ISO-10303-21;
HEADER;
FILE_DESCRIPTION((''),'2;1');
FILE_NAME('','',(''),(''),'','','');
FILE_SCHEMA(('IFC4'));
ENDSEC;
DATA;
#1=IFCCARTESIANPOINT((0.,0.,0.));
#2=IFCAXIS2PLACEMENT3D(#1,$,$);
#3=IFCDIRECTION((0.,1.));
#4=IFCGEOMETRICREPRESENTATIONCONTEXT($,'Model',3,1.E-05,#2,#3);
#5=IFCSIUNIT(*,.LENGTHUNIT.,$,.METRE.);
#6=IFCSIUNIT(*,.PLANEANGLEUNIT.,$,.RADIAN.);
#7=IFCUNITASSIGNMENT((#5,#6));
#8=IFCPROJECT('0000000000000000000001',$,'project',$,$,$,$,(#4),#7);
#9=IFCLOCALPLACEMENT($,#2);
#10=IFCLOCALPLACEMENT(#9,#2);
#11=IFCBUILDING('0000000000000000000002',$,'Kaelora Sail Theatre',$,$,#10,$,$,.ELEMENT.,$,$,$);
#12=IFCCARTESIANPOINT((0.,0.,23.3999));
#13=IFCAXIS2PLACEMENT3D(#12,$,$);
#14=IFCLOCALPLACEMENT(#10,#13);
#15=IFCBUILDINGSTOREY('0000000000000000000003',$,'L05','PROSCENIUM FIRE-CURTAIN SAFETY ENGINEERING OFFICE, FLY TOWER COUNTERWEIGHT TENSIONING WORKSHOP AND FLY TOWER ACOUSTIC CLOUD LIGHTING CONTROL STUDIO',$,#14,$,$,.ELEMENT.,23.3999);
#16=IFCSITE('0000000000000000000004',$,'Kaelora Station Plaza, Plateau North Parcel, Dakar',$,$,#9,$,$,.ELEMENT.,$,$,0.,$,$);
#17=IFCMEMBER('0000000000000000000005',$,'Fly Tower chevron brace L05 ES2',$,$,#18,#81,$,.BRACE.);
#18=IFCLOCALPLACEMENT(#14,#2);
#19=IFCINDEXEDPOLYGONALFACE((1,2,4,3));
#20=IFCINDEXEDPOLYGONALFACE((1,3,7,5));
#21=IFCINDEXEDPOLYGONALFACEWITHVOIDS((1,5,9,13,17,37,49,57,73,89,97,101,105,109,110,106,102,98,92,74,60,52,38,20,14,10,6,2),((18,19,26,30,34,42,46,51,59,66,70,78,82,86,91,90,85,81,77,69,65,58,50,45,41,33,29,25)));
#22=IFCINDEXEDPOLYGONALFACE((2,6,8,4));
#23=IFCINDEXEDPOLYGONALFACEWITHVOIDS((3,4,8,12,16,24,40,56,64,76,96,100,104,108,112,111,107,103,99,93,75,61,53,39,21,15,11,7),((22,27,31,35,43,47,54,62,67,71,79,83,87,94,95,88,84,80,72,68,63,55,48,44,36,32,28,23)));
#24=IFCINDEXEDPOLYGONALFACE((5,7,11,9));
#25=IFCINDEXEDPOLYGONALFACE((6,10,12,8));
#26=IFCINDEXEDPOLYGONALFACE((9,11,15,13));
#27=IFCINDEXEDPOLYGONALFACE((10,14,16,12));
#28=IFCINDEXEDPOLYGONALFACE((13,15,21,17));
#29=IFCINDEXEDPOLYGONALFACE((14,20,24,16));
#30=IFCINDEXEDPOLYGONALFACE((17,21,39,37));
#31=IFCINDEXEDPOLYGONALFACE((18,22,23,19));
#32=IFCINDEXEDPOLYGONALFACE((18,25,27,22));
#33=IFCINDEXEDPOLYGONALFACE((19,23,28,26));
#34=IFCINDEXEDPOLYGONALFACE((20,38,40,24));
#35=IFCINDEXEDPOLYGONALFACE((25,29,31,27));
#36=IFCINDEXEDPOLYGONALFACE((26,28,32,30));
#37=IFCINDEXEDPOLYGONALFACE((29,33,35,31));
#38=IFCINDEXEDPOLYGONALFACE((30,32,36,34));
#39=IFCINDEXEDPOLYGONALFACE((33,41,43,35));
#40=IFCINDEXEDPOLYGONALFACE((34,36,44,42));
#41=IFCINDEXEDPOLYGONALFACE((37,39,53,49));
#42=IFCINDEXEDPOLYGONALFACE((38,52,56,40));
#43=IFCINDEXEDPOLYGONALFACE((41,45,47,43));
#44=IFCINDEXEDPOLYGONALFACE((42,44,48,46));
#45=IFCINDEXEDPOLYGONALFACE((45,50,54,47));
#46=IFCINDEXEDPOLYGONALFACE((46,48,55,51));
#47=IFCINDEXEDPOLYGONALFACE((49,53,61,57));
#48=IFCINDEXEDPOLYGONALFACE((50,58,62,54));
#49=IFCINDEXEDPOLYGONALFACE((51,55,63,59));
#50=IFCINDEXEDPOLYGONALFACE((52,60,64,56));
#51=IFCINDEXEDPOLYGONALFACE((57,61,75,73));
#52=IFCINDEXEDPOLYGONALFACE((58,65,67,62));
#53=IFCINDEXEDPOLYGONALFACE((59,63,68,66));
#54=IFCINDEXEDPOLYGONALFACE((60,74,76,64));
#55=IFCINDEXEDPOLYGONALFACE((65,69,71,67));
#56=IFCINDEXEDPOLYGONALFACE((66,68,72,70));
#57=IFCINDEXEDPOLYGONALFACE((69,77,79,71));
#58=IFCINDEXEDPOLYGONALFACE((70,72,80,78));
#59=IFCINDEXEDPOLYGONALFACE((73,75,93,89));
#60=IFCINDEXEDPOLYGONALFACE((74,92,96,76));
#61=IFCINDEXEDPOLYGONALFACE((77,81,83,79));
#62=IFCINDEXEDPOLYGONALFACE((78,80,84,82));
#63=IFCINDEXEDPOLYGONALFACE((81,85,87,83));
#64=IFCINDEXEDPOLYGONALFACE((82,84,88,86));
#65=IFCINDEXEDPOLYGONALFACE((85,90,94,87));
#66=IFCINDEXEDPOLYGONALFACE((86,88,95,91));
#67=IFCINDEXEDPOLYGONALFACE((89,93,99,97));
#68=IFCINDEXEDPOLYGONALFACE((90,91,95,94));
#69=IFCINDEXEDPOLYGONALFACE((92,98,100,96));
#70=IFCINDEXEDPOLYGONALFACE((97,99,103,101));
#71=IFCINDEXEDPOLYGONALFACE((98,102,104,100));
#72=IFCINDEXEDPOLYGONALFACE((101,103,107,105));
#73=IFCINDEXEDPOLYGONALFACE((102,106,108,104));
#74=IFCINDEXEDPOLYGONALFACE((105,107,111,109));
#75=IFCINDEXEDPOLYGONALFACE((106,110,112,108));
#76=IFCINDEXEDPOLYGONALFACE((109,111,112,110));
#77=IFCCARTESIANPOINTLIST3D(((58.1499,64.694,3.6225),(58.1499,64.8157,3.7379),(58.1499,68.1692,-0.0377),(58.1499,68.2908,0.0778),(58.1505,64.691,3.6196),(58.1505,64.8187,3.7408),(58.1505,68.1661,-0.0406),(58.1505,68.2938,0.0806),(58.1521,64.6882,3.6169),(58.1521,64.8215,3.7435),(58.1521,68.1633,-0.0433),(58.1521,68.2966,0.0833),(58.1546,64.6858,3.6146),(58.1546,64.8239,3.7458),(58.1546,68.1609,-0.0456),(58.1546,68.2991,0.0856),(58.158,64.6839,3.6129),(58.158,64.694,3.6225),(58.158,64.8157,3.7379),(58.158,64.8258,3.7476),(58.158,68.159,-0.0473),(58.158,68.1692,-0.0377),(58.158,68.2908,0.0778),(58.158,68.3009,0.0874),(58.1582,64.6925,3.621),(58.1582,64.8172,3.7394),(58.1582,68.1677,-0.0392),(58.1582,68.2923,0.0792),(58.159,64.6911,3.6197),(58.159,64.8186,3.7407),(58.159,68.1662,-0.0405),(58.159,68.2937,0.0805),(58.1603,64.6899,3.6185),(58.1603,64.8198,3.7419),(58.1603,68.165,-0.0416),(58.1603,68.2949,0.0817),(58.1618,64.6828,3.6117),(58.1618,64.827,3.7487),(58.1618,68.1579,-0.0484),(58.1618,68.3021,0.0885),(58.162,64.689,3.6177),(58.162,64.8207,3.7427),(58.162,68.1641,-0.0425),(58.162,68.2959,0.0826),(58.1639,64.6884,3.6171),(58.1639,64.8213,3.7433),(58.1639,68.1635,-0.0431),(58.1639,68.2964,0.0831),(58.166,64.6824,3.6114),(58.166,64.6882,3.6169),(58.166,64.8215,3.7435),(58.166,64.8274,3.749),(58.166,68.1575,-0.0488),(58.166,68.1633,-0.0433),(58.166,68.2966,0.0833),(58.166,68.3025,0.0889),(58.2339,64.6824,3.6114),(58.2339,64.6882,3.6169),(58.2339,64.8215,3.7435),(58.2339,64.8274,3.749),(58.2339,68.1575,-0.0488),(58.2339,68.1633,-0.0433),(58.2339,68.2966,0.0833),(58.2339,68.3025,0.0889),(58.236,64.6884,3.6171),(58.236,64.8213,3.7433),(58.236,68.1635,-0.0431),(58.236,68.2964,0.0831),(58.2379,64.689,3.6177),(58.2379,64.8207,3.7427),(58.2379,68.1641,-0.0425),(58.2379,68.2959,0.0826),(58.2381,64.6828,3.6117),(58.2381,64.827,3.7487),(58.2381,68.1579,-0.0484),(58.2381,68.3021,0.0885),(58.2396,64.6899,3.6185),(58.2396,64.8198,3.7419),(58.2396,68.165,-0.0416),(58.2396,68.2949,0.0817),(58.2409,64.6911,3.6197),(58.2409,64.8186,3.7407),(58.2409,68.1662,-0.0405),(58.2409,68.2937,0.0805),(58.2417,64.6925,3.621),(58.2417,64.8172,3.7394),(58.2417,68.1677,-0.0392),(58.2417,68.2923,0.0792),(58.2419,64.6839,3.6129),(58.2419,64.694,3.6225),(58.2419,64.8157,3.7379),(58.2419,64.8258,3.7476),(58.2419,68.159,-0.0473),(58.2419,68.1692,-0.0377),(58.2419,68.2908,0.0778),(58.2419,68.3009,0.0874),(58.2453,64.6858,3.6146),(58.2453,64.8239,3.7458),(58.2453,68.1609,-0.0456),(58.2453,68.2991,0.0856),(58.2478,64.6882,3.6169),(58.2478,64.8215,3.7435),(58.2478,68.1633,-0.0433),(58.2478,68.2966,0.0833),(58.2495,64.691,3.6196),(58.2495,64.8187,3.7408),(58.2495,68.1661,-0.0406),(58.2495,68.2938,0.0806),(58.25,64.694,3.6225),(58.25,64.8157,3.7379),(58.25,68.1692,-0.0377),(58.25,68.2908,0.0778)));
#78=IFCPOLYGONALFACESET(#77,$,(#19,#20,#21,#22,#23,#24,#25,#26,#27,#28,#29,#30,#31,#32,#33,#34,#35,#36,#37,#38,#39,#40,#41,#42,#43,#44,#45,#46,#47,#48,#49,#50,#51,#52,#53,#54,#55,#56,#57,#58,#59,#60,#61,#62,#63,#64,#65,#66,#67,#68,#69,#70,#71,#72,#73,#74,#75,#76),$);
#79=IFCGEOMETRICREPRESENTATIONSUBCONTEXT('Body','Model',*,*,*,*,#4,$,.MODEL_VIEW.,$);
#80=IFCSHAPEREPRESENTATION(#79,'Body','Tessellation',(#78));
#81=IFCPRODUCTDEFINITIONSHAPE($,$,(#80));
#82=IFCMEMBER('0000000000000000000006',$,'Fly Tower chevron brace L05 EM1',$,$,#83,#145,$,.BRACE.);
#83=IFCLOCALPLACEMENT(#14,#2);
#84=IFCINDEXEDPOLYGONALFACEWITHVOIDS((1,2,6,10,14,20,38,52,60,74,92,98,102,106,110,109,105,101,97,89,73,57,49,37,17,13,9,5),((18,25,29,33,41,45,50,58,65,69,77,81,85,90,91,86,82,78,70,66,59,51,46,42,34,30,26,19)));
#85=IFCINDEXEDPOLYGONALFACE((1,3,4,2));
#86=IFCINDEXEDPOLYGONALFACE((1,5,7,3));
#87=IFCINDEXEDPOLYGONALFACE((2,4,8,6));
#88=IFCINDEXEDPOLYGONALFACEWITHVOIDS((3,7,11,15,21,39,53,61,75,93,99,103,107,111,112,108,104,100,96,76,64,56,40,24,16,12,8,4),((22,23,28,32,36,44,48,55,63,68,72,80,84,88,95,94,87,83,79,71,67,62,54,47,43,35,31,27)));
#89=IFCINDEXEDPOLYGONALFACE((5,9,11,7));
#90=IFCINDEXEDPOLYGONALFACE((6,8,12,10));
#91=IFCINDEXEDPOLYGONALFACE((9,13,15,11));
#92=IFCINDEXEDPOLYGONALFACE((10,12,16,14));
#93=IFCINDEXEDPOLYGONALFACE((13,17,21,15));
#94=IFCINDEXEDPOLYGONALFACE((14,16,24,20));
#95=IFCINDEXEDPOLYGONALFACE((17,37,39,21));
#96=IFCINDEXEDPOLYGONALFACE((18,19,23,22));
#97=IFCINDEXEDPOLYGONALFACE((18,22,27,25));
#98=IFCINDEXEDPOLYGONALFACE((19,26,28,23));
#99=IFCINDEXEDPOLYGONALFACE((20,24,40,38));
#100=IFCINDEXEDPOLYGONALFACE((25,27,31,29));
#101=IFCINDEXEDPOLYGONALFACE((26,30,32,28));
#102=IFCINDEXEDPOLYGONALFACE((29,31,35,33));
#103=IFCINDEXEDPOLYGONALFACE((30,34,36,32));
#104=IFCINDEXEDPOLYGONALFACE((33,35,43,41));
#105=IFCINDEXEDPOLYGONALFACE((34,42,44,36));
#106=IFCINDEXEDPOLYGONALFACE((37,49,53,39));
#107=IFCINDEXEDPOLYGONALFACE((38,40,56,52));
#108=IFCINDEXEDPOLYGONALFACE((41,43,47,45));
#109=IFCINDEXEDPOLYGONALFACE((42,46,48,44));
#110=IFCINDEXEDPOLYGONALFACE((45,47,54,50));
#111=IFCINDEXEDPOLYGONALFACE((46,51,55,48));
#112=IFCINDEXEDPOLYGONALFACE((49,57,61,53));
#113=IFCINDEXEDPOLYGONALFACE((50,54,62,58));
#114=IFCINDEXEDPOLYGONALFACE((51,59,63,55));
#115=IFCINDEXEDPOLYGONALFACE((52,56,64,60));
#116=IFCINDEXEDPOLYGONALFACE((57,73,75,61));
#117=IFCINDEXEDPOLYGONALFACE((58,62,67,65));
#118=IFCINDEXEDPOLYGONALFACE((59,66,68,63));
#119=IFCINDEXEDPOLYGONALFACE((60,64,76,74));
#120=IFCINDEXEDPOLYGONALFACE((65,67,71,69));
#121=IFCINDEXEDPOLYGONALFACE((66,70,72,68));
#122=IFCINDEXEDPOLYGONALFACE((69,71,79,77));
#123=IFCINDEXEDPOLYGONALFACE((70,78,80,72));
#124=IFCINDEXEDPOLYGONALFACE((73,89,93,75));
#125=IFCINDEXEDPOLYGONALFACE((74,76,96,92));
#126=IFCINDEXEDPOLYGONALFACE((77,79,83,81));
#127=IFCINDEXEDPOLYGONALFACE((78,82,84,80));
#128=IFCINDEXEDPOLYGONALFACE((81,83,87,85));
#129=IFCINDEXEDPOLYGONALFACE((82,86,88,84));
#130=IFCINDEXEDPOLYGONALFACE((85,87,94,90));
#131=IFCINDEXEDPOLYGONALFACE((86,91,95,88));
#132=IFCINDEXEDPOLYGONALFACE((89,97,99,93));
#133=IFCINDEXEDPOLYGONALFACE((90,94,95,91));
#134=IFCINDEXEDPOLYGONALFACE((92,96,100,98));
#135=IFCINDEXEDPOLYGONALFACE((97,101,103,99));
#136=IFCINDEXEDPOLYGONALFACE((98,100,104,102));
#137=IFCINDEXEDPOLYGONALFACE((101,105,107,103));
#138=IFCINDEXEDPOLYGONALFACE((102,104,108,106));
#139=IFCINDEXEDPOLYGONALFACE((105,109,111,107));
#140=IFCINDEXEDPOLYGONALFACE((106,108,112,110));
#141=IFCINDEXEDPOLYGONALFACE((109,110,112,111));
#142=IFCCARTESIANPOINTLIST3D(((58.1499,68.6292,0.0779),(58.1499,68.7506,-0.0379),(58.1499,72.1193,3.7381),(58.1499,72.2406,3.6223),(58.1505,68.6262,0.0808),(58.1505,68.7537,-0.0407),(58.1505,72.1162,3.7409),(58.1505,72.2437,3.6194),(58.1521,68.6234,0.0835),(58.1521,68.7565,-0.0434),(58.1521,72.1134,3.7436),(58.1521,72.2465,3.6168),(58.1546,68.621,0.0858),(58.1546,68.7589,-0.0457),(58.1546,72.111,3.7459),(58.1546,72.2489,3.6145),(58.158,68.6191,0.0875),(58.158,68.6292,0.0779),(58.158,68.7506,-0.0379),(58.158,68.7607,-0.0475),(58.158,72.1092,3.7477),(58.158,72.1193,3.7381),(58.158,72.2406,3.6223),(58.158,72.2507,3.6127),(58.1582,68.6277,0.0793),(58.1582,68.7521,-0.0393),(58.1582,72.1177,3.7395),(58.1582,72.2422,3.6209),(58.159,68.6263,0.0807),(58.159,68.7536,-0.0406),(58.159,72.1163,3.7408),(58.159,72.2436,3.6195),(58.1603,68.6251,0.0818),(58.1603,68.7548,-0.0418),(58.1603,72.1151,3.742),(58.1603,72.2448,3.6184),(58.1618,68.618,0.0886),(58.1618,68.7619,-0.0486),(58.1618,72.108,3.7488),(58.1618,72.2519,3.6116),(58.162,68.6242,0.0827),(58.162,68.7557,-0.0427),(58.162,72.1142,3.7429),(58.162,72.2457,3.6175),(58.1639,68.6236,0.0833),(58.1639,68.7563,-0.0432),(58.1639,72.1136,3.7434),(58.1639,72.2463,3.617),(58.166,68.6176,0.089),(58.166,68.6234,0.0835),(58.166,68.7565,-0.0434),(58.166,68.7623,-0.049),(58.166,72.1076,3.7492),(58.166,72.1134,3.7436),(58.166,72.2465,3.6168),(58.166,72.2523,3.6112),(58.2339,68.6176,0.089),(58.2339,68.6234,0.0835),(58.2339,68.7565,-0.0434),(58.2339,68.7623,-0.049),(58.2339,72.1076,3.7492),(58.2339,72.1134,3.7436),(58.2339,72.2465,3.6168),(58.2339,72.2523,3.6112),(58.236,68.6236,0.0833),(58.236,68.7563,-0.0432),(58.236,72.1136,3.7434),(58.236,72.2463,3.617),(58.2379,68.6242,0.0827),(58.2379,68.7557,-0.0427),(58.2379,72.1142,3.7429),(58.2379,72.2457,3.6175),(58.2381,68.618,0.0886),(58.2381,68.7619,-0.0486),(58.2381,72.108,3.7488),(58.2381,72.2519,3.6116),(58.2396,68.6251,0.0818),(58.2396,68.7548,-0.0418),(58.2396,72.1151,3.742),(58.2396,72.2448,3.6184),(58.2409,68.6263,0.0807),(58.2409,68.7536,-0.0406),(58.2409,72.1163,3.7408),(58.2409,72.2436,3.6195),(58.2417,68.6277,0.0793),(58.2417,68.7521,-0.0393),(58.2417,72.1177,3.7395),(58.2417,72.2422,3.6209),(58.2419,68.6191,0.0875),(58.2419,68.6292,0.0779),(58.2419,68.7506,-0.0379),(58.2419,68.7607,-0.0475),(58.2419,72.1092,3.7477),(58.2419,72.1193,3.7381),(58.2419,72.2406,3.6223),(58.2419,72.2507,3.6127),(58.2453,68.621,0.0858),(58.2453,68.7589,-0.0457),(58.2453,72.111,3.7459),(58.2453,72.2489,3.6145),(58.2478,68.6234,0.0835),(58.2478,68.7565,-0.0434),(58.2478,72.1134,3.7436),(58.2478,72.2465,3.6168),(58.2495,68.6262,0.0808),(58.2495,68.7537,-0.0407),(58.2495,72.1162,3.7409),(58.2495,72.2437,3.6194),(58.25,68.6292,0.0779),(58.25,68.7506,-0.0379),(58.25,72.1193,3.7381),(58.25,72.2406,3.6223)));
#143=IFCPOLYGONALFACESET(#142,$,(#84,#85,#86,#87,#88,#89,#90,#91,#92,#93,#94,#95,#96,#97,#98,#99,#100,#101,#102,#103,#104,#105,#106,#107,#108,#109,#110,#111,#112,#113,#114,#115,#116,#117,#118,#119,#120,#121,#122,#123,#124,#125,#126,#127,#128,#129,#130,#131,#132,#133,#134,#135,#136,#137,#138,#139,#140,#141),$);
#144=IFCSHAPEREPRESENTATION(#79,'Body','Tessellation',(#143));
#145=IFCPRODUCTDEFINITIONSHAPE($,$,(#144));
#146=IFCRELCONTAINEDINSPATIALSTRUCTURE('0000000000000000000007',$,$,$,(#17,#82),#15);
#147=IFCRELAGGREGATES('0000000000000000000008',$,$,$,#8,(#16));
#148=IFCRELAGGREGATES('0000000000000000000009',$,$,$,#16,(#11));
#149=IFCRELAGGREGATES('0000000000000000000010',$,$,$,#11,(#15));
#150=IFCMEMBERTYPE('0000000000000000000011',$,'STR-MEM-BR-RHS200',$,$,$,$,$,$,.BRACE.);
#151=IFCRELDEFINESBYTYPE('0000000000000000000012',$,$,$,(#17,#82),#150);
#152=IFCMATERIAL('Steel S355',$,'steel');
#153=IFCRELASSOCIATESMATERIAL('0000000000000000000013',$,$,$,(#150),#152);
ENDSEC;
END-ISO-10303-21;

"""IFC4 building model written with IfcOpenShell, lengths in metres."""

from ifc_helpers import new_model, si_unit, direction, frame, origin, origin_2d, place, context, subcontext, project, spatial, hollow_rectangle, extrude, material, material_profile, profile_set, type_object, element, save


model = new_model("IFC4")

# Units and contexts
model_context = context("Model", 3, precision=1e-05, world=origin(), true_north=direction((0.0, 1.0)))
body_context = subcontext(model_context, "Body", "Model", "MODEL_VIEW")
ifc_project = project(units=[si_unit("LENGTHUNIT", "METRE"), si_unit("PLANEANGLEUNIT", "RADIAN")], contexts=[model_context])

# Site, building, storey
site_placement = place(None, origin())
site = spatial("IfcSite", under=ifc_project, at=site_placement, Name="Kaelora Station Plaza, Plateau North Parcel, Dakar", CompositionType="ELEMENT", RefElevation=0.0)
building_placement = place(site_placement, origin())
building = spatial("IfcBuilding", under=site, at=building_placement, Name="Kaelora Sail Theatre", CompositionType="ELEMENT")
storey_placement = place(building_placement, frame((0.0, 0.0, 23.3999)))
storey = spatial("IfcBuildingStorey", under=building, at=storey_placement, Name="L05", Description="PROSCENIUM FIRE-CURTAIN SAFETY ENGINEERING OFFICE, FLY TOWER COUNTERWEIGHT TENSIONING WORKSHOP AND FLY TOWER ACOUSTIC CLOUD LIGHTING CONTROL STUDIO", CompositionType="ELEMENT", Elevation=23.3999)

# Members
ifc_material_1 = material(Name="Steel S355", Category="steel")
ifc_material_profile_1 = material_profile(ifc_material_1, hollow_rectangle(XDim=0.1001, YDim=0.2, WallThickness=0.0081, InnerFilletRadius=0.0081, OuterFilletRadius=0.0161, at=origin_2d()), Name="RHS 200x100x8.0")
ifc_profile_set_1 = profile_set([ifc_material_profile_1], Name="Steel S355")
member_type = type_object("IfcMemberType", Name="STR-MEM-BR-RHS200", PredefinedType="BRACE", material=ifc_profile_set_1)
member_placement = place(storey_placement, frame((58.2, 68.23, 0.02), z_axis=(0.0, -0.688536, 0.725202), x_axis=(1.0, 0.0, 0.0)))
element("IfcMember", 1, at=member_placement, inside=storey, type_object=member_type, Name="Fly Tower chevron brace L05 ES2", PredefinedType="BRACE", context=body_context, shape_type="SweptSolid", body=[
    extrude(hollow_rectangle(XDim=0.1001, YDim=0.2, WallThickness=0.0081, InnerFilletRadius=0.0081, OuterFilletRadius=0.0161, at=origin_2d()), origin(), (0.0, 0.0, 1.0), 5.0471),
])
for number, where, z_axis, x_axis, name in (
    (2, (58.2, 68.6899, 0.02), (0.0, 0.690083, 0.72373), (-1.0, 0.0, 0.0), "Fly Tower chevron brace L05 EM1"),
):
    element("IfcMember", number, at=place(storey_placement, frame(where, z_axis=z_axis, x_axis=x_axis)), inside=storey, type_object=member_type, Name=name, PredefinedType="BRACE", context=body_context, shape_type="SweptSolid", body=[
        extrude(hollow_rectangle(XDim=0.1001, YDim=0.2, WallThickness=0.0081, InnerFilletRadius=0.0081, OuterFilletRadius=0.0161, at=origin_2d()), origin(), (0.0, 0.0, 1.0), 5.0574),
    ])

save(model, "model.ifc")
